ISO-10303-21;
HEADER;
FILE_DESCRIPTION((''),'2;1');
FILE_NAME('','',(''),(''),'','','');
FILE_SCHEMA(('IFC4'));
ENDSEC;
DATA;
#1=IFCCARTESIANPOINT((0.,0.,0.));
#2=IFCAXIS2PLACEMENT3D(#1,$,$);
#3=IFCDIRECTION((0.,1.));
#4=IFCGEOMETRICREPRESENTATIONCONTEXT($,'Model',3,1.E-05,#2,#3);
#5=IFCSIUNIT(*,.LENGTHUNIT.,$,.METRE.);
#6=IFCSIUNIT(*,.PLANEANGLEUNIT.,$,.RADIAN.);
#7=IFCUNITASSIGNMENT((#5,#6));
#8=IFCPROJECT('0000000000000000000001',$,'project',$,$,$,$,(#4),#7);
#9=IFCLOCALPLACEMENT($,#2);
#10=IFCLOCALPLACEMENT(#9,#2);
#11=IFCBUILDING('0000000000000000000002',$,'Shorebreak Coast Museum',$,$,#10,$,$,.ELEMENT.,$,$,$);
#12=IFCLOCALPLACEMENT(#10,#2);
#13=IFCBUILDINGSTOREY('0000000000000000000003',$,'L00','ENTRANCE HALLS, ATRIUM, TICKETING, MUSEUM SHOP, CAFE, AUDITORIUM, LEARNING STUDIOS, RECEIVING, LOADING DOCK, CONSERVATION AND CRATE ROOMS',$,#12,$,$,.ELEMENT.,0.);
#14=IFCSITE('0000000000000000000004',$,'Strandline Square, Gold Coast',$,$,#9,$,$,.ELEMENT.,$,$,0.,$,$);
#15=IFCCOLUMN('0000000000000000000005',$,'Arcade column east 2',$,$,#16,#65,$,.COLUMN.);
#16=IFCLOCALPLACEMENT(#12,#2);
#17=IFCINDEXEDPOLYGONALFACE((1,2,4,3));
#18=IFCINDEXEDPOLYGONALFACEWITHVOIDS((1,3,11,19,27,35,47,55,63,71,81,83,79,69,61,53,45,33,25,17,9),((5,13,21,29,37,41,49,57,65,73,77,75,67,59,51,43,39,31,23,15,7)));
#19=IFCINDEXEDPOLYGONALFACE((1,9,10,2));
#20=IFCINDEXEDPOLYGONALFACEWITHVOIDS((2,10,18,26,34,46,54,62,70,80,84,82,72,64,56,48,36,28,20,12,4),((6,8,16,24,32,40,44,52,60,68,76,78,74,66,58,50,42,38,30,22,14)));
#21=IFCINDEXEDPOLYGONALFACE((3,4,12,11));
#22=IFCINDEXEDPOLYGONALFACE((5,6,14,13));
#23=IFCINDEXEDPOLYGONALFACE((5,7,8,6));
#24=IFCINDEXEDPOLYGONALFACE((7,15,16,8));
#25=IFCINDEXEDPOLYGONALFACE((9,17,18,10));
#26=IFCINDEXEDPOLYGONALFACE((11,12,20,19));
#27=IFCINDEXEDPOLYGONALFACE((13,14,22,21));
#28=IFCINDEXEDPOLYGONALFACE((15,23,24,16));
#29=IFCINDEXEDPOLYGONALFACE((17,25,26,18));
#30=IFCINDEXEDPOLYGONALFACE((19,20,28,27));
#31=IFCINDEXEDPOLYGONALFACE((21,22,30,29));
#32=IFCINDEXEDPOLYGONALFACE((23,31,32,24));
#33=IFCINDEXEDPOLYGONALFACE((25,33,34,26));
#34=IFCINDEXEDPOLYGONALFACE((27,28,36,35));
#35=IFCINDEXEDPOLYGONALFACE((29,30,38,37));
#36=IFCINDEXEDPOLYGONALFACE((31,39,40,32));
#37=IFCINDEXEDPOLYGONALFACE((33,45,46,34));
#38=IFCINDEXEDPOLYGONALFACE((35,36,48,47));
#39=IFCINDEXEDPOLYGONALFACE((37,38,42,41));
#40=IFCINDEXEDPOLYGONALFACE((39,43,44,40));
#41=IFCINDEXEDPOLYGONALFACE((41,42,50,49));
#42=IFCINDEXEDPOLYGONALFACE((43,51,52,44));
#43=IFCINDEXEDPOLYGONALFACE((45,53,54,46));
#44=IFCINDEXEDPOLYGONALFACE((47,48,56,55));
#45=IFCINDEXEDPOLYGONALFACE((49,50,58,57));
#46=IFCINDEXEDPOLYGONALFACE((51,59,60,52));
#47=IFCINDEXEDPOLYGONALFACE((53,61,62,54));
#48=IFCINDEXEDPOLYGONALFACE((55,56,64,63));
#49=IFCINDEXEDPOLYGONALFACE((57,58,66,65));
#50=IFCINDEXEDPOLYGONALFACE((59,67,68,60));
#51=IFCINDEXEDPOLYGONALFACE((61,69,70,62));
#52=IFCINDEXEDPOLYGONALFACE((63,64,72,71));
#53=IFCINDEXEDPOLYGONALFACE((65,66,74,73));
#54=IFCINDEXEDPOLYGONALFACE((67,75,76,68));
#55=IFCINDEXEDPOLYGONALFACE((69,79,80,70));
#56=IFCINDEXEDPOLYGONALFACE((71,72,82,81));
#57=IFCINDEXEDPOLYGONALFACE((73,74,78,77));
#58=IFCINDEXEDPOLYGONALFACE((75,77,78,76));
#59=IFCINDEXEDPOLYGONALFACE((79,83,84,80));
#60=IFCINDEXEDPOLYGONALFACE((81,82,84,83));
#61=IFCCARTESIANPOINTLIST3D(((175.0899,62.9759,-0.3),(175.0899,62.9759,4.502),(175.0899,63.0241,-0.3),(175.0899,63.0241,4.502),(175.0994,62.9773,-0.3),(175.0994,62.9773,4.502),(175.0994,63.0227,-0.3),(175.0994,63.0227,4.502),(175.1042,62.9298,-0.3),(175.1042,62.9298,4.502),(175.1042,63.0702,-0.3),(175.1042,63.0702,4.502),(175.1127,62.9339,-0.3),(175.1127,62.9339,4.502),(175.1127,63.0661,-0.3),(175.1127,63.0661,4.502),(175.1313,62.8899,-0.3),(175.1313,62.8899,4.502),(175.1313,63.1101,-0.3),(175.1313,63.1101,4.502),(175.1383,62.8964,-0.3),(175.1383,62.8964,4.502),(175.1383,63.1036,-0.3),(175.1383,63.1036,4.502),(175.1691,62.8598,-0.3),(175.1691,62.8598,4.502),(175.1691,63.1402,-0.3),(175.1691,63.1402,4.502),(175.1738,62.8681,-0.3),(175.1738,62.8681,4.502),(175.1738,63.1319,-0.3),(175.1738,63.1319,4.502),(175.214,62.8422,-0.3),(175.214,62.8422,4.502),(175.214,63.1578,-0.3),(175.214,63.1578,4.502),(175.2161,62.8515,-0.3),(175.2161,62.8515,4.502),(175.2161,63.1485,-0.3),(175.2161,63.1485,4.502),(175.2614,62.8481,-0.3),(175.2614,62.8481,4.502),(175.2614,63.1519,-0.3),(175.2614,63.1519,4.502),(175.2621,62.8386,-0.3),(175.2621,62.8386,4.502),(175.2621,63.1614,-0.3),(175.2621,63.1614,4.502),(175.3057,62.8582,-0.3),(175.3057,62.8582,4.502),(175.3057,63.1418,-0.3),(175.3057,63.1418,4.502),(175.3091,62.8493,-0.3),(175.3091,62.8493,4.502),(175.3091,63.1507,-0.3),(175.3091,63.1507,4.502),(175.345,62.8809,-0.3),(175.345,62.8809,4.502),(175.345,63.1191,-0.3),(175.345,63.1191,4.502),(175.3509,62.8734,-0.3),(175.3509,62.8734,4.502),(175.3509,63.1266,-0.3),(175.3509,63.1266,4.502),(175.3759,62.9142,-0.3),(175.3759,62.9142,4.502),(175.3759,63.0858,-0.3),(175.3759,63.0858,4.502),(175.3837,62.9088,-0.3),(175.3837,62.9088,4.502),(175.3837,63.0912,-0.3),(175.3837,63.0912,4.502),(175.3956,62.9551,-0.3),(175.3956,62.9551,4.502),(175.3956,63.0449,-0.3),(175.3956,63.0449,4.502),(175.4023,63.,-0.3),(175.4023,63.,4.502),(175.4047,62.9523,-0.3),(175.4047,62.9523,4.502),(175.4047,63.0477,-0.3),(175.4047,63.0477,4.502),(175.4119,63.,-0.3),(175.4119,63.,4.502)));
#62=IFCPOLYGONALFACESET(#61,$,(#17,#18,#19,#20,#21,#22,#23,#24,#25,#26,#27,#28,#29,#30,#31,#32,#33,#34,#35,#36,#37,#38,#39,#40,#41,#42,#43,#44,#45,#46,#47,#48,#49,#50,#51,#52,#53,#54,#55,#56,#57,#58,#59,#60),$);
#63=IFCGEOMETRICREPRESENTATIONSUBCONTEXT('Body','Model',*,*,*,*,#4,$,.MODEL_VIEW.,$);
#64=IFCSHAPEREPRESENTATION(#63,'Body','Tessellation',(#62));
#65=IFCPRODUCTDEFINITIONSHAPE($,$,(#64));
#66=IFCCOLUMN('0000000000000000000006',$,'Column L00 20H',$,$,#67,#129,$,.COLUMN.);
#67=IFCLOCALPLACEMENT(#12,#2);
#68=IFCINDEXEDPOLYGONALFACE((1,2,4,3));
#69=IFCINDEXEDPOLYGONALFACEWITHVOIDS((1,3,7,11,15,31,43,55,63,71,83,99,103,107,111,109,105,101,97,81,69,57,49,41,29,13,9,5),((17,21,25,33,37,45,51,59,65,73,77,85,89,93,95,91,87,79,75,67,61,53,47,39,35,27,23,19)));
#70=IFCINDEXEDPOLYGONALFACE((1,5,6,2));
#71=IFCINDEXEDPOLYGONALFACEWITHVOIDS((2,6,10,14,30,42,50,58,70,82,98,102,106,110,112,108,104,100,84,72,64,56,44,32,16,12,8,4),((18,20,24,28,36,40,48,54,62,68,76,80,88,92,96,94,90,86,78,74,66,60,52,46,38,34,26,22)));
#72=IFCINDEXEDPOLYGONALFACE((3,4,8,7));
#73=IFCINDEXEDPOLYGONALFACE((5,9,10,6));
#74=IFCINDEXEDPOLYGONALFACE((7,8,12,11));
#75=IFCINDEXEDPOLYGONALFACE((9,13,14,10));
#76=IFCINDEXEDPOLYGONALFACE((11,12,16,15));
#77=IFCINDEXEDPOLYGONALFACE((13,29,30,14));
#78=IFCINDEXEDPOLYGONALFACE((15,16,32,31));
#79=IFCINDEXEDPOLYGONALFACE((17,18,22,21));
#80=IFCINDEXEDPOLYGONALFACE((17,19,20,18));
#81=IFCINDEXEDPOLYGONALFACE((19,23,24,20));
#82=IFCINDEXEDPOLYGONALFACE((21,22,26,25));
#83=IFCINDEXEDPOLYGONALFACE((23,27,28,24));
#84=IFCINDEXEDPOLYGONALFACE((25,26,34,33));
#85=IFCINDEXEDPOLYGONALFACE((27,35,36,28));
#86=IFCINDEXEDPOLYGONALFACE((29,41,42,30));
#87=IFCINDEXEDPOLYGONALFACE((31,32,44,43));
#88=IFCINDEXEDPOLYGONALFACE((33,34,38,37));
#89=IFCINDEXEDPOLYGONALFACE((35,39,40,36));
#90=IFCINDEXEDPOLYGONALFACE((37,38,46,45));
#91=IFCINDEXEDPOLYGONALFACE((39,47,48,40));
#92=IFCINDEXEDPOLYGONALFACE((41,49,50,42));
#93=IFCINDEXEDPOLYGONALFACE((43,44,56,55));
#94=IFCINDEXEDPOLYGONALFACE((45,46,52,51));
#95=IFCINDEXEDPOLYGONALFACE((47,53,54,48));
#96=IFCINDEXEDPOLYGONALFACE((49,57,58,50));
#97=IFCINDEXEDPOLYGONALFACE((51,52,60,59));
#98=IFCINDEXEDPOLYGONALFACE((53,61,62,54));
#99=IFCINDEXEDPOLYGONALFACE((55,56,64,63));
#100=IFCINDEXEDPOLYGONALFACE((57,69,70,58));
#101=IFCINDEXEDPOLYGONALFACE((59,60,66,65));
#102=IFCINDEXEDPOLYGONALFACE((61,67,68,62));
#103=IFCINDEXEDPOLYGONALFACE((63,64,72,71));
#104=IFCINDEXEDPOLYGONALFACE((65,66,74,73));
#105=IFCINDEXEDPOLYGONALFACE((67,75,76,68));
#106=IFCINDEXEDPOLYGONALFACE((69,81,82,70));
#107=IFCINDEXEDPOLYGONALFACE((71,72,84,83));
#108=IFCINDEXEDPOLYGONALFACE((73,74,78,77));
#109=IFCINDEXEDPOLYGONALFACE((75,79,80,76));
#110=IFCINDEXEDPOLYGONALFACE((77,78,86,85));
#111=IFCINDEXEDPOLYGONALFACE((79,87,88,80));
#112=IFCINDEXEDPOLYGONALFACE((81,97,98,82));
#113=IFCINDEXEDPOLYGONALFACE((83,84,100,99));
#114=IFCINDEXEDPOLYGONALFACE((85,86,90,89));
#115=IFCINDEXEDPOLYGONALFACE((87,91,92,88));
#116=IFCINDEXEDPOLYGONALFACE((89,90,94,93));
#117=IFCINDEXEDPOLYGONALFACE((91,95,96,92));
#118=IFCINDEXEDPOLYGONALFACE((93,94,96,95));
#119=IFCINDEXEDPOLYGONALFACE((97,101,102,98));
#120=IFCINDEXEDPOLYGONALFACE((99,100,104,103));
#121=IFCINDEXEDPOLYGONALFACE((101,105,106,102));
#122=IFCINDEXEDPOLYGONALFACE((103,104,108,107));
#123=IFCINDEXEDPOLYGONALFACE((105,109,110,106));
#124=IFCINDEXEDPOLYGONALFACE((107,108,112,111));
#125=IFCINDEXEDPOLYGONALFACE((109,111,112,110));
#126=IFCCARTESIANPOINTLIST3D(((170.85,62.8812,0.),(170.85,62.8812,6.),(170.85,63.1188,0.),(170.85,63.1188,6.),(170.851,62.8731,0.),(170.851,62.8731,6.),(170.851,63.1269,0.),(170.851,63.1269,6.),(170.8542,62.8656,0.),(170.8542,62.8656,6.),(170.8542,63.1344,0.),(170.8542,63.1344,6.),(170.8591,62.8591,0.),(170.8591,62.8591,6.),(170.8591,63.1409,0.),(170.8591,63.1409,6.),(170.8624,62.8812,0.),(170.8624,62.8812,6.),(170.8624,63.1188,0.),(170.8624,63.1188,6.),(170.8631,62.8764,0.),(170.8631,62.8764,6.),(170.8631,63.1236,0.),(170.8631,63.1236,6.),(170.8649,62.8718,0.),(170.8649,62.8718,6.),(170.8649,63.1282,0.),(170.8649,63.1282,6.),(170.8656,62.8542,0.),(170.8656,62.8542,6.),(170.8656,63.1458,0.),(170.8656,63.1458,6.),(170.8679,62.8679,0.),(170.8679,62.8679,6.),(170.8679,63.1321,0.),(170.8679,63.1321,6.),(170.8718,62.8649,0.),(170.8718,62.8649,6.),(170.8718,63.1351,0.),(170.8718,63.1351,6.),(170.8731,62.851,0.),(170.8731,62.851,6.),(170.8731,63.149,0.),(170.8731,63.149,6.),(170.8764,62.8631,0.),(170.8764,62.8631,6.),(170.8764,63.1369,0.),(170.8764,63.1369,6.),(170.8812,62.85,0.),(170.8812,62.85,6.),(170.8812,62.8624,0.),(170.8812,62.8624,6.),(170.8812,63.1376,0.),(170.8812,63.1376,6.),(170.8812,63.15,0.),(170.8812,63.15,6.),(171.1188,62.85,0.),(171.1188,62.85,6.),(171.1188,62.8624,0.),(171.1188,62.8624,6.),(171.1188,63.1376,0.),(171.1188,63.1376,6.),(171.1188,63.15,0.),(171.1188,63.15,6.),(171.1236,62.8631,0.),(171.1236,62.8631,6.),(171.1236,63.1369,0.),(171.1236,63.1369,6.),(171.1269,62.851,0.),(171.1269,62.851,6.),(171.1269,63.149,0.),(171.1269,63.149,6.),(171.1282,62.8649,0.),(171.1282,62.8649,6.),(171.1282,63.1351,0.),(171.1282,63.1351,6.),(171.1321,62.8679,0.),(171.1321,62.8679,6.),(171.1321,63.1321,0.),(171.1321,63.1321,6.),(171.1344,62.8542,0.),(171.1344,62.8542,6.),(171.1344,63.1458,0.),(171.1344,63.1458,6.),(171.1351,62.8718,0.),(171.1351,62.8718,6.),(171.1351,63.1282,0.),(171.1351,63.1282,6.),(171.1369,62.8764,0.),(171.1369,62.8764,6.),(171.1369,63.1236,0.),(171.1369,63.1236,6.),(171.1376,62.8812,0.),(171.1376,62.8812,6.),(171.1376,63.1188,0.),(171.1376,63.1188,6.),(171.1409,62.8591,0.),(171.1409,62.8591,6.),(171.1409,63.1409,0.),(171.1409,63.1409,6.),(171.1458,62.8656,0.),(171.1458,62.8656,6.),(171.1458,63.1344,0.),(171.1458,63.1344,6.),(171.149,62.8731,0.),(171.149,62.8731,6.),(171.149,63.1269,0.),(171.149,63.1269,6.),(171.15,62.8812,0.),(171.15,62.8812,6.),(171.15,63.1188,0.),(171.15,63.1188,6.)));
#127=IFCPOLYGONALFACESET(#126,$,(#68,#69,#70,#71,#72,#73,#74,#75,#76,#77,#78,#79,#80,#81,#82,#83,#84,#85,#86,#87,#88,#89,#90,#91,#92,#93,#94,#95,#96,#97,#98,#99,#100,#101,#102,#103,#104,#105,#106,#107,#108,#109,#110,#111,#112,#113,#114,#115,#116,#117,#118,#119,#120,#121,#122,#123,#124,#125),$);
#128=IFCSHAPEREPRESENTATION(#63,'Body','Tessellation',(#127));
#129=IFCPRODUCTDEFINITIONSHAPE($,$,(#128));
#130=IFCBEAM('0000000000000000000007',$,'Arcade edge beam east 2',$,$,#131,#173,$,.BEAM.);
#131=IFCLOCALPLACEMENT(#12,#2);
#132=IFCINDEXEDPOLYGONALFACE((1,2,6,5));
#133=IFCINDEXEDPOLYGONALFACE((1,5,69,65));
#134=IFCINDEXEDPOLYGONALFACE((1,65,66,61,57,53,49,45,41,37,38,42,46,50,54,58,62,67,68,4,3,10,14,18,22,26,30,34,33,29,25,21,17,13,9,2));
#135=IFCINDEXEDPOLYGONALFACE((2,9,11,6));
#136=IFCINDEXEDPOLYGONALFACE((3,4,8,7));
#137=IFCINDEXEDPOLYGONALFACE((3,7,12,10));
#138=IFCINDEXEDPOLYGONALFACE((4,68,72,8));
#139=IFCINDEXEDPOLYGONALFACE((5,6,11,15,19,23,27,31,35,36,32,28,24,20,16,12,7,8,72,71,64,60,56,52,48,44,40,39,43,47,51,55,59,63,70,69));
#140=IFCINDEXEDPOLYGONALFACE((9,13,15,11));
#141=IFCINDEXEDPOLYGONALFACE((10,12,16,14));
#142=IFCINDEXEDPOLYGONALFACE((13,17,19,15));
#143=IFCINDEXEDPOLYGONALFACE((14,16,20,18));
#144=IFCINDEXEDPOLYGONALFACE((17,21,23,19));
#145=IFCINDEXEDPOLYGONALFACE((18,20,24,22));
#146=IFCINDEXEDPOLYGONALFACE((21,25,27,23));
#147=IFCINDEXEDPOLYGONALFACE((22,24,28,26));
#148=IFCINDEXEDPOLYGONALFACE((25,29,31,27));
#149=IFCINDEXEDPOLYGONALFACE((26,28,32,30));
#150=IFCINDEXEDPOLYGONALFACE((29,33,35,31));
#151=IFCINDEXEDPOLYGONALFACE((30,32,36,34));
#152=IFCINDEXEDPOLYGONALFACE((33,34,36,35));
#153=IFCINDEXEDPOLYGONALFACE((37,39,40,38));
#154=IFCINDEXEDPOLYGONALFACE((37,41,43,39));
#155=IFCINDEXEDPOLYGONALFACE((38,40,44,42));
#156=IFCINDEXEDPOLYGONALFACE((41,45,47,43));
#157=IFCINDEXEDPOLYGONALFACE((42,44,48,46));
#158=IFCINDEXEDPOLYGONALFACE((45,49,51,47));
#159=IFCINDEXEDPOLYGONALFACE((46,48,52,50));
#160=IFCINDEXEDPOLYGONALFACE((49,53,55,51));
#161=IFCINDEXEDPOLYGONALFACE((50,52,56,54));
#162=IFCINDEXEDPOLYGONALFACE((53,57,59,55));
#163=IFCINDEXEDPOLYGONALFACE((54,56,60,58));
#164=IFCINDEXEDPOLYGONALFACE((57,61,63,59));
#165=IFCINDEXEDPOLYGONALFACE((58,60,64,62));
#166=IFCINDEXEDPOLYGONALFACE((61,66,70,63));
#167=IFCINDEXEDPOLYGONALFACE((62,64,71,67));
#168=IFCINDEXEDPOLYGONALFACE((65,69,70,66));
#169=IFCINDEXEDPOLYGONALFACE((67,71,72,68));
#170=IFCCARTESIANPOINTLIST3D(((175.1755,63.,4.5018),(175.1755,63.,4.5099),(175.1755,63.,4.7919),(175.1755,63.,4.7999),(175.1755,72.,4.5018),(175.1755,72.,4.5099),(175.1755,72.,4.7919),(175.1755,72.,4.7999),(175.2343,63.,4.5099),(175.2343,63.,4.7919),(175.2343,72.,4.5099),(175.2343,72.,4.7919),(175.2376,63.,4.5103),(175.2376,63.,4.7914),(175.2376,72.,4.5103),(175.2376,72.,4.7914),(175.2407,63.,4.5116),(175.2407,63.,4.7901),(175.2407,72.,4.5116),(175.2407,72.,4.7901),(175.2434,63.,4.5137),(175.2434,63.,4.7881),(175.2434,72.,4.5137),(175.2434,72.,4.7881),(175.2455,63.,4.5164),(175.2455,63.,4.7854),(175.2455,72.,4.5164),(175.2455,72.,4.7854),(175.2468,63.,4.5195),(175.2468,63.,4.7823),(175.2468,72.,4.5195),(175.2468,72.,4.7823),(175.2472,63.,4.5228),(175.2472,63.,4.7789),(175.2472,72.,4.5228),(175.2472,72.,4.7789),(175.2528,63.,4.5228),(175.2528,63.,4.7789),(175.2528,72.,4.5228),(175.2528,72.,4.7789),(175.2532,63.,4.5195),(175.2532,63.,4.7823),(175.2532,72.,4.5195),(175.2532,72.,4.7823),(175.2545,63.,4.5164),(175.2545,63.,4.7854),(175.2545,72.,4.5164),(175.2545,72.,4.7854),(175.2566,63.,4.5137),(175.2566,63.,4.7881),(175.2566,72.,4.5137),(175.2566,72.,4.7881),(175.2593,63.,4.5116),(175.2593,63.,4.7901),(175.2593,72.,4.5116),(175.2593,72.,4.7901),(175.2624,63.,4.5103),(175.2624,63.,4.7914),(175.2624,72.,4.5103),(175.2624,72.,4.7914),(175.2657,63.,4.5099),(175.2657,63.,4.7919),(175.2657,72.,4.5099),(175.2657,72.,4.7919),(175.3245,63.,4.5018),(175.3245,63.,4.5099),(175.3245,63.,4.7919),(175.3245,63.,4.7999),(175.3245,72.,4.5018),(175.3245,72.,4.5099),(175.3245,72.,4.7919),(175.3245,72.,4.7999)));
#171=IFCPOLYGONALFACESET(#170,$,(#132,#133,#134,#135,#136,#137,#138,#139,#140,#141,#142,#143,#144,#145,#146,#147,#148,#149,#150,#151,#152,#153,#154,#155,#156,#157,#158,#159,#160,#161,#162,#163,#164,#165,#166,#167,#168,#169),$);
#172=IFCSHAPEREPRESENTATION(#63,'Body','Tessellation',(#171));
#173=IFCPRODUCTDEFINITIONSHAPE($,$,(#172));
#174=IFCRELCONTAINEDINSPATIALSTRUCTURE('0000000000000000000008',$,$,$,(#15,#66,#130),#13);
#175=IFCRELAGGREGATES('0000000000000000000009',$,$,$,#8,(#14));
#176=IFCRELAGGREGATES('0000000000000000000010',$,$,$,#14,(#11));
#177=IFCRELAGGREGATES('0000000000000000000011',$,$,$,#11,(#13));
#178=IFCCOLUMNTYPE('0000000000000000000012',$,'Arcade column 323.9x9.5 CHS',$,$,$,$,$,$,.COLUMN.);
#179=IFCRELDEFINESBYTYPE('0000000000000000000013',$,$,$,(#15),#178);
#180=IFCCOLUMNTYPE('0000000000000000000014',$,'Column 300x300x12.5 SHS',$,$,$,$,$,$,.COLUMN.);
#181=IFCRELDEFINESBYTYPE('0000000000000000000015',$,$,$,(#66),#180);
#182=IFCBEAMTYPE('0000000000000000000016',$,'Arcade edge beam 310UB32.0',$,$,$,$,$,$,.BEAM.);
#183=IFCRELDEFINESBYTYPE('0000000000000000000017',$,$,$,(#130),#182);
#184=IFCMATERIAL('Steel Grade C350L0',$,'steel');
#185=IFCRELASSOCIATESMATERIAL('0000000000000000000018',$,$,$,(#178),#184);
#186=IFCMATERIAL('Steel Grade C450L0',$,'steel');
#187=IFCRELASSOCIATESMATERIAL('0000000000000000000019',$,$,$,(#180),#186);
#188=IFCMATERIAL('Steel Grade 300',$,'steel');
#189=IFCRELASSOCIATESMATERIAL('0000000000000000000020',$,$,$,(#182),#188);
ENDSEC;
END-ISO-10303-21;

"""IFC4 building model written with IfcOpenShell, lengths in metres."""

from ifc_helpers import new_model, si_unit, direction, frame, origin, origin_2d, place, context, subcontext, project, spatial, hollow_rectangle, hollow_circle, i_section, extrude, material, material_profile, profile_set, type_object, element, save


model = new_model("IFC4")

# Units and contexts
model_context = context("Model", 3, precision=1e-05, world=origin(), true_north=direction((0.0, 1.0)))
body_context = subcontext(model_context, "Body", "Model", "MODEL_VIEW")
ifc_project = project(units=[si_unit("LENGTHUNIT", "METRE"), si_unit("PLANEANGLEUNIT", "RADIAN")], contexts=[model_context])

# Site, building, storey
site_placement = place(None, origin())
site = spatial("IfcSite", under=ifc_project, at=site_placement, Name="Strandline Square, Gold Coast", CompositionType="ELEMENT", RefElevation=0.0)
building_placement = place(site_placement, origin())
building = spatial("IfcBuilding", under=site, at=building_placement, Name="Shorebreak Coast Museum", CompositionType="ELEMENT")
storey_placement = place(building_placement, origin())
storey = spatial("IfcBuildingStorey", under=building, at=storey_placement, Name="L00", Description="ENTRANCE HALLS, ATRIUM, TICKETING, MUSEUM SHOP, CAFE, AUDITORIUM, LEARNING STUDIOS, RECEIVING, LOADING DOCK, CONSERVATION AND CRATE ROOMS", CompositionType="ELEMENT", Elevation=0.0)

# Columns
ifc_material_1 = material(Name="Steel Grade C350L0", Category="steel")
ifc_material_profile_1 = material_profile(ifc_material_1, hollow_circle(Radius=0.1619, WallThickness=0.0095, at=origin_2d()), Name="323.9x9.5 CHS")
ifc_profile_set_1 = profile_set([ifc_material_profile_1], Name="Steel Grade C350L0")
column_type_1 = type_object("IfcColumnType", Name="Arcade column 323.9x9.5 CHS", PredefinedType="COLUMN", material=ifc_profile_set_1)
column_1_placement = place(storey_placement, frame((175.25, 63.0, -0.3), z_axis=(0.0, 0.0, 1.0), x_axis=(1.0, 0.0, 0.0)))
element("IfcColumn", 1, at=column_1_placement, inside=storey, type_object=column_type_1, Name="Arcade column east 2", PredefinedType="COLUMN", context=body_context, shape_type="SweptSolid", body=[
    extrude(hollow_circle(Radius=0.1619, WallThickness=0.0095, at=origin_2d()), origin(), (0.0, 0.0, 1.0), 4.802),
])
ifc_material_2 = material(Name="Steel Grade C450L0", Category="steel")
ifc_material_profile_2 = material_profile(ifc_material_2, hollow_rectangle(XDim=0.3, YDim=0.3, WallThickness=0.0125, InnerFilletRadius=0.0188, OuterFilletRadius=0.0312, at=origin_2d()), Name="300x300x12.5 SHS")
ifc_profile_set_2 = profile_set([ifc_material_profile_2], Name="Steel Grade C450L0")
column_type_2 = type_object("IfcColumnType", Name="Column 300x300x12.5 SHS", PredefinedType="COLUMN", material=ifc_profile_set_2)
column_2_placement = place(storey_placement, frame((171.0, 63.0, 0.0), z_axis=(0.0, 0.0, 1.0), x_axis=(1.0, 0.0, 0.0)))
element("IfcColumn", 2, at=column_2_placement, inside=storey, type_object=column_type_2, Name="Column L00 20H", PredefinedType="COLUMN", context=body_context, shape_type="SweptSolid", body=[
    extrude(hollow_rectangle(XDim=0.3, YDim=0.3, WallThickness=0.0125, InnerFilletRadius=0.0188, OuterFilletRadius=0.0312, at=origin_2d()), origin(), (0.0, 0.0, 1.0), 6.0),
])

# Beam
ifc_material_3 = material(Name="Steel Grade 300", Category="steel")
ifc_material_profile_3 = material_profile(ifc_material_3, i_section(OverallWidth=0.1489, OverallDepth=0.2981, WebThickness=0.0056, FlangeThickness=0.0081, FilletRadius=0.0129, at=origin_2d()), Name="310UB32.0")
ifc_profile_set_3 = profile_set([ifc_material_profile_3], Name="Steel Grade 300")
beam_type_1 = type_object("IfcBeamType", Name="Arcade edge beam 310UB32.0", PredefinedType="BEAM", material=ifc_profile_set_3)
beam_1_placement = place(storey_placement, frame((175.25, 63.0, 4.6509), z_axis=(0.0, 1.0, 0.0), x_axis=(-1.0, 0.0, 0.0)))
element("IfcBeam", 3, at=beam_1_placement, inside=storey, type_object=beam_type_1, Name="Arcade edge beam east 2", PredefinedType="BEAM", context=body_context, shape_type="SweptSolid", body=[
    extrude(i_section(OverallWidth=0.1489, OverallDepth=0.2981, WebThickness=0.0056, FlangeThickness=0.0081, FilletRadius=0.0129, at=origin_2d()), origin(), (0.0, 0.0, 1.0), 9.0),
])

save(model, "model.ifc")
